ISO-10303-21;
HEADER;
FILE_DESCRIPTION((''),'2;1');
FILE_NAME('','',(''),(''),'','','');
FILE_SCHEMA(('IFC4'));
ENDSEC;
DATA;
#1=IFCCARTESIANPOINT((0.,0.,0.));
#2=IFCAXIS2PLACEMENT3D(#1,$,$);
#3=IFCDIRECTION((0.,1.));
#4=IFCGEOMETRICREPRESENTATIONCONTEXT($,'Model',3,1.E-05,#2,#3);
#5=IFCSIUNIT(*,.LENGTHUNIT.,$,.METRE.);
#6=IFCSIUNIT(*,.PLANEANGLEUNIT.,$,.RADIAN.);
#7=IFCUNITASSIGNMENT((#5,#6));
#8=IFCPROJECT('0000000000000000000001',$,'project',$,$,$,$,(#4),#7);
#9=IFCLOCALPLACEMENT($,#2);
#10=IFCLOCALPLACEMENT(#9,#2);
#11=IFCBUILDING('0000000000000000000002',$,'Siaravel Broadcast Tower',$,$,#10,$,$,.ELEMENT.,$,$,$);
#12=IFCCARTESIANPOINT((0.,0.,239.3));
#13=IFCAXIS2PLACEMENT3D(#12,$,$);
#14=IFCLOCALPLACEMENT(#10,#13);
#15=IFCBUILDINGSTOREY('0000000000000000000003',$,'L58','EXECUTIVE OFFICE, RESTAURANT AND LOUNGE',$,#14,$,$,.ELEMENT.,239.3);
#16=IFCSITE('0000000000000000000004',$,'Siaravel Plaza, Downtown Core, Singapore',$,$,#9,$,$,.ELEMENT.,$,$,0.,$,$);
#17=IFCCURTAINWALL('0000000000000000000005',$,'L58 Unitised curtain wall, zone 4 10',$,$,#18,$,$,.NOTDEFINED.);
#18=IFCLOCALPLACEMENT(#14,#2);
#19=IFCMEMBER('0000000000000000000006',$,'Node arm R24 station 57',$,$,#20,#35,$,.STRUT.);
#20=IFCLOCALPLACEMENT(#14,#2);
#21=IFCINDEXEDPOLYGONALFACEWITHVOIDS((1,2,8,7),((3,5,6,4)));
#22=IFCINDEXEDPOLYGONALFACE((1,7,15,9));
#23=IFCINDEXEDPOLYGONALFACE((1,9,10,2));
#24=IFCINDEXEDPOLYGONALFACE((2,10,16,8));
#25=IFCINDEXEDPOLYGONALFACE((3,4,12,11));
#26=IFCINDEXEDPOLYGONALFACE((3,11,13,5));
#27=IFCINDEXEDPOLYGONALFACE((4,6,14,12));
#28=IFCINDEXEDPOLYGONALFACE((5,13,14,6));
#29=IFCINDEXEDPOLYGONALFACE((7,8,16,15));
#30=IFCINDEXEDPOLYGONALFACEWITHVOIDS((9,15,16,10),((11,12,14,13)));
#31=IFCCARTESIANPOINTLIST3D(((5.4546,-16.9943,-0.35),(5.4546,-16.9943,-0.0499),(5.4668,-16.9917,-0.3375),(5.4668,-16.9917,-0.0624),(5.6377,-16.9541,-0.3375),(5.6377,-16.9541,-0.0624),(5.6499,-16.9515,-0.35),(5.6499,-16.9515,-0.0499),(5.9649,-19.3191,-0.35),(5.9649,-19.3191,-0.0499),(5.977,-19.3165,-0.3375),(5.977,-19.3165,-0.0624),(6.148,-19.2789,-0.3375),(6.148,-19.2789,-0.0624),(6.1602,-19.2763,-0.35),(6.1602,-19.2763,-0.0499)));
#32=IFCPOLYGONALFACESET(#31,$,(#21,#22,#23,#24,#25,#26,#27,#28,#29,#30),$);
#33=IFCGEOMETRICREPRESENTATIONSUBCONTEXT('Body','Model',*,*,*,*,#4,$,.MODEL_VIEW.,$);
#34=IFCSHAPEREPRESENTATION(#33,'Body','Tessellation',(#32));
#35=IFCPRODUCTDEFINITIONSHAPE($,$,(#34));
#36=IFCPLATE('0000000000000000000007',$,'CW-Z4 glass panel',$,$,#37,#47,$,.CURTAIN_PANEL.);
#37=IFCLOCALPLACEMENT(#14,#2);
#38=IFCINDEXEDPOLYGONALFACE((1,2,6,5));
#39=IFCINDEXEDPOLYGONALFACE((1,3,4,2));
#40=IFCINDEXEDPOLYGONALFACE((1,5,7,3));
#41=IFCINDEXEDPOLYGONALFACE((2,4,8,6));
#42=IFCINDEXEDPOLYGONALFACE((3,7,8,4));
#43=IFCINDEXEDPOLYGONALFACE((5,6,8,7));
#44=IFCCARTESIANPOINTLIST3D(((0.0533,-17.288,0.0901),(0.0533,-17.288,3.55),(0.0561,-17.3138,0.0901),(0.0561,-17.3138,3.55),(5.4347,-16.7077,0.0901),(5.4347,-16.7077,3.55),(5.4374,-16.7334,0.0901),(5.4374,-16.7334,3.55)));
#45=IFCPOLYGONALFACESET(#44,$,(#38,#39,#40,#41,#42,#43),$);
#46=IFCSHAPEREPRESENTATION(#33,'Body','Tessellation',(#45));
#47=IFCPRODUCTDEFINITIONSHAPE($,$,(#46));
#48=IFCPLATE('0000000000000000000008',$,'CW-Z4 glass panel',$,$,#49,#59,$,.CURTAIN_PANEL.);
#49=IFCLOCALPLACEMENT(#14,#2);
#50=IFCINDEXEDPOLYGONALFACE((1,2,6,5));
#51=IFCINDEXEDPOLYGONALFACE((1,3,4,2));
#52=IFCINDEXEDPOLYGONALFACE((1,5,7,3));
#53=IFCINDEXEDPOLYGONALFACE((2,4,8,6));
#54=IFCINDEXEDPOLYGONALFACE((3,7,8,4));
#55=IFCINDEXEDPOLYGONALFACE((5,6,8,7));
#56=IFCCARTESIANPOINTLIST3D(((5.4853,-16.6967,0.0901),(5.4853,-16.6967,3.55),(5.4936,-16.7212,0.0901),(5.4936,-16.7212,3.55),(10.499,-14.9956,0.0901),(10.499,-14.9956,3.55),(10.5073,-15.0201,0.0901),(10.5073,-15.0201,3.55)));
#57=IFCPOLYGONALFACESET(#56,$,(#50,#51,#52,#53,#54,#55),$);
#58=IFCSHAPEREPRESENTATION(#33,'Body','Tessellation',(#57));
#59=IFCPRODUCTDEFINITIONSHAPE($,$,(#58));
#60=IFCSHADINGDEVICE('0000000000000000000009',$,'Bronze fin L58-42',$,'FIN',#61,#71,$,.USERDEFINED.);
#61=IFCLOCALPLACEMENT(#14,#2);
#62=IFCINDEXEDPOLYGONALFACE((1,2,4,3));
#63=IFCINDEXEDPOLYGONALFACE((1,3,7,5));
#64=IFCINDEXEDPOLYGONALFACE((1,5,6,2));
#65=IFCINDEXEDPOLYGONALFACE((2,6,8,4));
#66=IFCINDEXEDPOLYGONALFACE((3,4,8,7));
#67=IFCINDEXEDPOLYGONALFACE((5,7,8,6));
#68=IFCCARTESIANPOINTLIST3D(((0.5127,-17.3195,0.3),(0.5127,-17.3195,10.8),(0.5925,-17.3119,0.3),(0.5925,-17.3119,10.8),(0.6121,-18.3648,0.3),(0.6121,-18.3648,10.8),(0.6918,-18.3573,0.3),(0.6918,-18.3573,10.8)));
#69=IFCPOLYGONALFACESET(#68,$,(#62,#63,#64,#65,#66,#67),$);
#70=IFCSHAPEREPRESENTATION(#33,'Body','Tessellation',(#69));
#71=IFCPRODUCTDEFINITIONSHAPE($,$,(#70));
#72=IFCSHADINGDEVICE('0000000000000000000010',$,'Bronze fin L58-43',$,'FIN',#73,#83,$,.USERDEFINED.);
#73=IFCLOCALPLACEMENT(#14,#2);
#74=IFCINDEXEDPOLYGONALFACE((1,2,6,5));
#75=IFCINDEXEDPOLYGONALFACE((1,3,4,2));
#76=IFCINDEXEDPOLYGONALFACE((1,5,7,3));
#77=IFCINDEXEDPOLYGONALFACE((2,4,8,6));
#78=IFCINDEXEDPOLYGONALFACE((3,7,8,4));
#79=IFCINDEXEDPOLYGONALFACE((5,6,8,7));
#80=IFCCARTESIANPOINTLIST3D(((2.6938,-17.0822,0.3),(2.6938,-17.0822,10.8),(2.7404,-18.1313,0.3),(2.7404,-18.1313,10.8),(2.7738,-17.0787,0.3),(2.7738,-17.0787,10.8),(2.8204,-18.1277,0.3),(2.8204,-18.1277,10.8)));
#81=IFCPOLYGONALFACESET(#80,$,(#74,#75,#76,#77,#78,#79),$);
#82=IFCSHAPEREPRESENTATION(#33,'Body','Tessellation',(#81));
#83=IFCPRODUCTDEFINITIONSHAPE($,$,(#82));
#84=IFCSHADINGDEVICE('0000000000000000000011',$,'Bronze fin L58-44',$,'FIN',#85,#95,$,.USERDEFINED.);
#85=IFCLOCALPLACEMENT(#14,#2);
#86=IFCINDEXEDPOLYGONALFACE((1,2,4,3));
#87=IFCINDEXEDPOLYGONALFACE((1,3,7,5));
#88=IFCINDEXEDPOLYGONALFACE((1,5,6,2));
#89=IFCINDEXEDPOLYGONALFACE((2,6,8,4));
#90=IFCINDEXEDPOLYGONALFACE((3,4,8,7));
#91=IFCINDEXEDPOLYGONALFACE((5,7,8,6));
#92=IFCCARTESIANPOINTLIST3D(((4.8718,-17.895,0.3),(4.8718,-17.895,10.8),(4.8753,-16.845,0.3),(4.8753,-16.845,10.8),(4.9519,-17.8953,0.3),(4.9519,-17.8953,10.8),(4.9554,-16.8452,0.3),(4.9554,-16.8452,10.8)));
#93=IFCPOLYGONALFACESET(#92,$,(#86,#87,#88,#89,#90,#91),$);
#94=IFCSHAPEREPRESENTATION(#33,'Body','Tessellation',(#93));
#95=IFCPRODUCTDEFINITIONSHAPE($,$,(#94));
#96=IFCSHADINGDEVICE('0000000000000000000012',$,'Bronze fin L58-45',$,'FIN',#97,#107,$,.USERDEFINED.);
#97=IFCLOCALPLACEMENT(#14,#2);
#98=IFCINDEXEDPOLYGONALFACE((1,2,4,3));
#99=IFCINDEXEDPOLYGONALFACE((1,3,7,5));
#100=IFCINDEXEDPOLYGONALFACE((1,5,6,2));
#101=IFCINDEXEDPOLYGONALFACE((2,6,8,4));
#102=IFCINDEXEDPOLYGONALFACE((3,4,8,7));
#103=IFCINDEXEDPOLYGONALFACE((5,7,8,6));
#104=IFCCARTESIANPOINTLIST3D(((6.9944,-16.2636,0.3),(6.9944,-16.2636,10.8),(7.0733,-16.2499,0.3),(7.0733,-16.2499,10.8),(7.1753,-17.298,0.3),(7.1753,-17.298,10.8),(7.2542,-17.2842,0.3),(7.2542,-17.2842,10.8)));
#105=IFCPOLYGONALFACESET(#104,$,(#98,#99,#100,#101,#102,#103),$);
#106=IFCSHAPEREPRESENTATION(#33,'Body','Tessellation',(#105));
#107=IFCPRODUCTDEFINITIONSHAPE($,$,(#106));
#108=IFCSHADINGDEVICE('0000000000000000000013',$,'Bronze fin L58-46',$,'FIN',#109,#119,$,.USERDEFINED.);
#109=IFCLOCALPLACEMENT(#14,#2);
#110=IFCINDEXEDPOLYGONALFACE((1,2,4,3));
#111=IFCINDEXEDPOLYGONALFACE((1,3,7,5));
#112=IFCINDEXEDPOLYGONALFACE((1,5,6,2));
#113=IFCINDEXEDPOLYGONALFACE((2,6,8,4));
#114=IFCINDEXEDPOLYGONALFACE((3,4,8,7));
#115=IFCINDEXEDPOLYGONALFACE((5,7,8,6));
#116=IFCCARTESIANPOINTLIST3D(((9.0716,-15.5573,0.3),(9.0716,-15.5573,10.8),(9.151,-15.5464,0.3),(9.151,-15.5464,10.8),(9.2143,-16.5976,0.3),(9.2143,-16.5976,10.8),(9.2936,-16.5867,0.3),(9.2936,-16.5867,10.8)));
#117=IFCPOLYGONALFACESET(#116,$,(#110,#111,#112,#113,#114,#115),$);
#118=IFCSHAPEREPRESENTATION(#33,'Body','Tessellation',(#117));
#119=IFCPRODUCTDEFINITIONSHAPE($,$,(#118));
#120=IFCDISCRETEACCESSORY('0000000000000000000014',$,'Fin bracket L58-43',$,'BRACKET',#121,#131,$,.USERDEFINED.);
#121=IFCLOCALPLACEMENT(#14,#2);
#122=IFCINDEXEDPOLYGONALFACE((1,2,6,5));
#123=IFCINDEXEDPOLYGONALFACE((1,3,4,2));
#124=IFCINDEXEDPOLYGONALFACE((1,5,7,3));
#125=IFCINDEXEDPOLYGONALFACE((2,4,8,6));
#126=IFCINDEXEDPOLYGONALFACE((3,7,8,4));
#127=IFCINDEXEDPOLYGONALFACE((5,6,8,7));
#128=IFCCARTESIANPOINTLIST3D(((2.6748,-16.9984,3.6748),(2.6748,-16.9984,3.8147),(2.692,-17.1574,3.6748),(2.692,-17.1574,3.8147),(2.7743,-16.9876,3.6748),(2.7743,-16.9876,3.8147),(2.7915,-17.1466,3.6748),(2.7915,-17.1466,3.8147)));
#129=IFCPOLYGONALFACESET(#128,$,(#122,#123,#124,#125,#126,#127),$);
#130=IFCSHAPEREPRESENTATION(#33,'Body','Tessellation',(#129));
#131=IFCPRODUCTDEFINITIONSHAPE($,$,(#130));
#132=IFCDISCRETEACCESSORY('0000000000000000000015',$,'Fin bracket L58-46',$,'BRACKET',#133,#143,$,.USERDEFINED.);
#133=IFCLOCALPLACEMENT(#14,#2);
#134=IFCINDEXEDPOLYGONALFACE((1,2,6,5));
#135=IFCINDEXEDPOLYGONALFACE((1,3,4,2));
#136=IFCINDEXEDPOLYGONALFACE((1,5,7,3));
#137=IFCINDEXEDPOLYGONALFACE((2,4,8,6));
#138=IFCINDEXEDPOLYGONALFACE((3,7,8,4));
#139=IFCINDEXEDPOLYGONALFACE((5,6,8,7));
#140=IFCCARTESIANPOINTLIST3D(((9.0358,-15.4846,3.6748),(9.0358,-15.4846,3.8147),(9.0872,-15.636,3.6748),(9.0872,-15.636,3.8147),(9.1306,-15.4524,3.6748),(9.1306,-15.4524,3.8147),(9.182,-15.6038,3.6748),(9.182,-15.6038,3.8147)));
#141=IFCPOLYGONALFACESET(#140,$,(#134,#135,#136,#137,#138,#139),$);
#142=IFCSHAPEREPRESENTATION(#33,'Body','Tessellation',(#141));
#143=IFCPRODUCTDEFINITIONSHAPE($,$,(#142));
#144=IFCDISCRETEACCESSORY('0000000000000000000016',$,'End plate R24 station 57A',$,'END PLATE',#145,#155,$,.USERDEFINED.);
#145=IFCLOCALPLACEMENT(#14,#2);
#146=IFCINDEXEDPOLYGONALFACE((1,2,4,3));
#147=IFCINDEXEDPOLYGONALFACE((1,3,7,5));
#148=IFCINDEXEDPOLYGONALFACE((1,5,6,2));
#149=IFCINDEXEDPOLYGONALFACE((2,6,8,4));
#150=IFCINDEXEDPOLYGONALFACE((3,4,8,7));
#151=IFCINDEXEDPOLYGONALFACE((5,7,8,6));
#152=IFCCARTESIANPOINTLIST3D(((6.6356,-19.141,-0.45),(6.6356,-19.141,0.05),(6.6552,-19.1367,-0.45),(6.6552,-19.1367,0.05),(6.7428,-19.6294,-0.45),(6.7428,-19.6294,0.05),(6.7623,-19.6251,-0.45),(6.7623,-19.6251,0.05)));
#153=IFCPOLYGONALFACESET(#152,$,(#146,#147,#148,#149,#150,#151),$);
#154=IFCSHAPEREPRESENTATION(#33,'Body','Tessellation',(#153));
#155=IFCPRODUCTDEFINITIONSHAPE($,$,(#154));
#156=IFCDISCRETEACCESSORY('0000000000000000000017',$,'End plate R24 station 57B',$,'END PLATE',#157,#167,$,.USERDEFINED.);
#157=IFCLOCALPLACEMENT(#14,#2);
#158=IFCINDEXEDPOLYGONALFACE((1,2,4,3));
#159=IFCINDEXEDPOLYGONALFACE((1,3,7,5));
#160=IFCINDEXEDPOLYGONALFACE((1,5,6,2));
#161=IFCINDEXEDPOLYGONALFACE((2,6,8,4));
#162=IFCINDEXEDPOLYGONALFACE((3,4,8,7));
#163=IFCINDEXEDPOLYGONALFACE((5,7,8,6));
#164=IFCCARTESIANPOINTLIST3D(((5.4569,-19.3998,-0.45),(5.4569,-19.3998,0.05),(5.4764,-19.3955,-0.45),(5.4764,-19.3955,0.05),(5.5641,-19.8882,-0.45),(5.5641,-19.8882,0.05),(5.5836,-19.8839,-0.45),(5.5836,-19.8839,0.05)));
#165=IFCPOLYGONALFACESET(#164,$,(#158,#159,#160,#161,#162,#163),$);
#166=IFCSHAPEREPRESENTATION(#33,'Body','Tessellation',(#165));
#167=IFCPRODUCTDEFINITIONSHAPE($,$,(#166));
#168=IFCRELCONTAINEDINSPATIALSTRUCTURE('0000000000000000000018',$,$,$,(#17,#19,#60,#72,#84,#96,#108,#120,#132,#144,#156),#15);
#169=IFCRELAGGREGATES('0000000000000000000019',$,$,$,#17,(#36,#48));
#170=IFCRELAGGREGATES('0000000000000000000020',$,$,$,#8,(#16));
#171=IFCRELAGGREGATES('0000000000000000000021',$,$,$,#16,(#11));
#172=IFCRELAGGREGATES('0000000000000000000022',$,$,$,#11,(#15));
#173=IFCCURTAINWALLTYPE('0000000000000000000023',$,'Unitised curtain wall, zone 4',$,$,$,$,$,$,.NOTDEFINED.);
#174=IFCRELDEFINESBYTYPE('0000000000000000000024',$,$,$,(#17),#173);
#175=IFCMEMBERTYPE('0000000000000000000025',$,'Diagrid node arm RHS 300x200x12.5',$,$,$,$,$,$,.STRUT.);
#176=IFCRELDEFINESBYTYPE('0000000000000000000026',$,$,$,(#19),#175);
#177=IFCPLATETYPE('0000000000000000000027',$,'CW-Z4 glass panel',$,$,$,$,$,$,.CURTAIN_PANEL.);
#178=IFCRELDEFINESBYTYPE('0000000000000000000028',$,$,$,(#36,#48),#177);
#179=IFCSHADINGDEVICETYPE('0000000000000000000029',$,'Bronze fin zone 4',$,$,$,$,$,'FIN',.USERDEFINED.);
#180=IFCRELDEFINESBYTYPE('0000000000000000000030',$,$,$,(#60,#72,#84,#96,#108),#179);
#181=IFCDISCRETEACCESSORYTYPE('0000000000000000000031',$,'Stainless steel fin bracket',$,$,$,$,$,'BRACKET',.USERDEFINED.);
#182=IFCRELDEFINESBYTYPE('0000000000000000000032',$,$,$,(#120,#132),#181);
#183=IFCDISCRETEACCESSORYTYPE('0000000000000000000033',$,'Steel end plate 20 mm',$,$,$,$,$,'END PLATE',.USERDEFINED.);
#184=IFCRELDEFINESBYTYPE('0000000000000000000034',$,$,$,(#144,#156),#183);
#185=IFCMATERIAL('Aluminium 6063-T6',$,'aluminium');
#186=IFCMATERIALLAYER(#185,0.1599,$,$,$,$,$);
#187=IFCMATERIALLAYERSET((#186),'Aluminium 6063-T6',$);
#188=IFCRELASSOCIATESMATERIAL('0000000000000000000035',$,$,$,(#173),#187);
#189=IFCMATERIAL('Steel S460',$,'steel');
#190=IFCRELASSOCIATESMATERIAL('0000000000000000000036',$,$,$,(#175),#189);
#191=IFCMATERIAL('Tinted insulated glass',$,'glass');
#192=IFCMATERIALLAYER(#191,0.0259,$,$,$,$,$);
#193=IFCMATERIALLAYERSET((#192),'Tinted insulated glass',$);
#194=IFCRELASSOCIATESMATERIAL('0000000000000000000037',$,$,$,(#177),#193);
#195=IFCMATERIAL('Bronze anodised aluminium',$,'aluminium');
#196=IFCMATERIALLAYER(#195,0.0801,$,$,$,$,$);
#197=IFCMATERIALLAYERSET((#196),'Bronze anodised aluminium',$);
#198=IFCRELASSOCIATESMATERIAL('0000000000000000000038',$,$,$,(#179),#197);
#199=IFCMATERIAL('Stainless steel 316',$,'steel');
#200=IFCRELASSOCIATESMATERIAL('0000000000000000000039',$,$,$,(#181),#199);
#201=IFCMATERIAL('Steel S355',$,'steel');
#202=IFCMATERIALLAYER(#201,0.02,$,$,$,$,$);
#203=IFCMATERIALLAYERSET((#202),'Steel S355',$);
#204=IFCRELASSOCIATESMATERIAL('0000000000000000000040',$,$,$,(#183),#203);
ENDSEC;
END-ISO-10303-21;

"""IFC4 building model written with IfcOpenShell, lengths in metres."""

from ifc_helpers import new_model, si_unit, direction, frame, origin, origin_2d, place, context, subcontext, project, spatial, rectangle, hollow_rectangle, extrude, material, layer, layer_set, material_profile, profile_set, type_object, element, aggregate, save


model = new_model("IFC4")

# Units and contexts
model_context = context("Model", 3, precision=1e-05, world=origin(), true_north=direction((0.0, 1.0)))
body_context = subcontext(model_context, "Body", "Model", "MODEL_VIEW")
ifc_project = project(units=[si_unit("LENGTHUNIT", "METRE"), si_unit("PLANEANGLEUNIT", "RADIAN")], contexts=[model_context])

# Site, building, storey
site_placement = place(None, origin())
site = spatial("IfcSite", under=ifc_project, at=site_placement, Name="Siaravel Plaza, Downtown Core, Singapore", CompositionType="ELEMENT", RefElevation=0.0)
building_placement = place(site_placement, origin())
building = spatial("IfcBuilding", under=site, at=building_placement, Name="Siaravel Broadcast Tower", CompositionType="ELEMENT")
storey_placement = place(building_placement, frame((0.0, 0.0, 239.3)))
storey = spatial("IfcBuildingStorey", under=building, at=storey_placement, Name="L58", Description="EXECUTIVE OFFICE, RESTAURANT AND LOUNGE", CompositionType="ELEMENT", Elevation=239.3)

# Shared definitions
ifc_material_1 = material(Name="Steel S355", Category="steel")

# Curtain wall
ifc_material_2 = material(Name="Aluminium 6063-T6", Category="aluminium")
ifc_layer_1 = layer(ifc_material_2, 0.1599)
ifc_layer_set_1 = layer_set([ifc_layer_1], Name="Aluminium 6063-T6")
curtain_wall_type = type_object("IfcCurtainWallType", Name="Unitised curtain wall, zone 4", PredefinedType="NOTDEFINED", material=ifc_layer_set_1)
curtain_wall_placement = place(storey_placement, origin())
curtain_wall = element("IfcCurtainWall", 1, at=curtain_wall_placement, inside=storey, type_object=curtain_wall_type, Name="L58 Unitised curtain wall, zone 4 10", PredefinedType="NOTDEFINED")

# Member
ifc_material_3 = material(Name="Steel S460", Category="steel")
ifc_material_profile_1 = material_profile(ifc_material_3, hollow_rectangle(XDim=0.2, YDim=0.3, WallThickness=0.0125, at=origin_2d()))
ifc_profile_set_1 = profile_set([ifc_material_profile_1], Name="Steel S460")
member_type_1 = type_object("IfcMemberType", Name="Diagrid node arm RHS 300x200x12.5", PredefinedType="STRUT", material=ifc_profile_set_1)
member_1_placement = place(storey_placement, frame((5.5522, -16.9729, -0.2), z_axis=(0.214388, -0.976749, 0.0), x_axis=(0.976749, 0.214388, 0.0)))
element("IfcMember", 2, at=member_1_placement, inside=storey, type_object=member_type_1, Name="Node arm R24 station 57", PredefinedType="STRUT", context=body_context, shape_type="SweptSolid", body=[
    extrude(hollow_rectangle(XDim=0.2, YDim=0.3, WallThickness=0.0125, at=origin_2d()), origin(), (0.0, 0.0, 1.0), 2.3801),
])

# Plates
ifc_material_4 = material(Name="Tinted insulated glass", Category="glass")
ifc_layer_2 = layer(ifc_material_4, 0.0259)
ifc_layer_set_2 = layer_set([ifc_layer_2], Name="Tinted insulated glass")
plate_type = type_object("IfcPlateType", Name="CW-Z4 glass panel", PredefinedType="CURTAIN_PANEL", material=ifc_layer_set_2)
plate_1_placement = place(storey_placement, frame((2.7454, -17.0107, 0.0901), z_axis=(0.0, 0.0, 1.0), x_axis=(0.994236, 0.107218, 0.0)))
plate_1 = element("IfcPlate", 3, at=plate_1_placement, type_object=plate_type, Name="CW-Z4 glass panel", PredefinedType="CURTAIN_PANEL", context=body_context, shape_type="SweptSolid", body=[
    extrude(rectangle(XDim=5.4126, YDim=0.0259, at=origin_2d()), origin(), (0.0, 0.0, 1.0), 3.46),
])
plate_2_placement = place(storey_placement, frame((7.9963, -15.8584, 0.0901), z_axis=(0.0, 0.0, 1.0), x_axis=(0.946977, 0.321301, 0.0)))
plate_2 = element("IfcPlate", 4, at=plate_2_placement, type_object=plate_type, Name="CW-Z4 glass panel", PredefinedType="CURTAIN_PANEL", context=body_context, shape_type="SweptSolid", body=[
    extrude(rectangle(XDim=5.2944, YDim=0.0259, at=origin_2d()), origin(), (0.0, 0.0, 1.0), 3.46),
])
aggregate(curtain_wall, [plate_1, plate_2])

# Shading devices
ifc_material_5 = material(Name="Bronze anodised aluminium", Category="aluminium")
ifc_layer_3 = layer(ifc_material_5, 0.0801)
ifc_layer_set_3 = layer_set([ifc_layer_3], Name="Bronze anodised aluminium")
shading_device_type = type_object("IfcShadingDeviceType", Name="Bronze fin zone 4", ElementType="FIN", PredefinedType="USERDEFINED", material=ifc_layer_set_3)
for number, where, z_axis, x_axis, name in (
    (5, (0.6023, -17.8384, 0.3), (0.0, 0.0, 1.0), (0.094635, -0.995512, 0.0), "Bronze fin L58-42"),
    (6, (2.7571, -17.605, 0.3), (0.0, 0.0, 1.0), (0.044341, -0.999016, 0.0), "Bronze fin L58-43"),
    (7, (4.9136, -17.3701, 0.3), (0.0, 0.0, 1.0), (-0.003314, -0.999995, 0.0), "Bronze fin L58-44"),
    (8, (7.1243, -16.7739, 0.3), (0.0, 0.0, 1.0), (0.172268, -0.98505, 0.0), "Bronze fin L58-45"),
    (9, (9.1826, -16.072, 0.3), (0.0, 0.0, 1.0), (0.135852, -0.990729, 0.0), "Bronze fin L58-46"),
):
    element("IfcShadingDevice", number, at=place(storey_placement, frame(where, z_axis=z_axis, x_axis=x_axis)), inside=storey, type_object=shading_device_type, Name=name, ObjectType="FIN", PredefinedType="USERDEFINED", context=body_context, shape_type="SweptSolid", body=[
        extrude(rectangle(XDim=1.05, YDim=0.0801, at=origin_2d()), origin(), (0.0, 0.0, 1.0), 10.5),
    ])

# Discrete accessories
ifc_material_6 = material(Name="Stainless steel 316", Category="steel")
discrete_accessory_type_1 = type_object("IfcDiscreteAccessoryType", Name="Stainless steel fin bracket", ElementType="BRACKET", PredefinedType="USERDEFINED", material=ifc_material_6)
for number, where, z_axis, x_axis, name in (
    (10, (2.7332, -17.0725, 3.6748), (0.0, 0.0, 1.0), (0.107219, -0.994235, 0.0), "Fin bracket L58-43"),
    (11, (9.1089, -15.5442, 3.6748), (0.0, 0.0, 1.0), (0.321302, -0.946977, 0.0), "Fin bracket L58-46"),
):
    element("IfcDiscreteAccessory", number, at=place(storey_placement, frame(where, z_axis=z_axis, x_axis=x_axis)), inside=storey, type_object=discrete_accessory_type_1, Name=name, ObjectType="BRACKET", PredefinedType="USERDEFINED", context=body_context, shape_type="SweptSolid", body=[
        extrude(rectangle(XDim=0.1599, YDim=0.1001, at=origin_2d()), origin(), (0.0, 0.0, 1.0), 0.1399),
    ])
ifc_layer_4 = layer(ifc_material_1, 0.02)
ifc_layer_set_4 = layer_set([ifc_layer_4], Name="Steel S355")
discrete_accessory_type_2 = type_object("IfcDiscreteAccessoryType", Name="Steel end plate 20 mm", ElementType="END PLATE", PredefinedType="USERDEFINED", material=ifc_layer_set_4)
for number, where, z_axis, x_axis, name in (
    (12, (6.699, -19.3831, -0.45), (0.0, 0.0, 1.0), (0.976751, 0.214377, 0.0), "End plate R24 station 57A"),
    (13, (5.5203, -19.6418, -0.45), (0.0, 0.0, 1.0), (0.976751, 0.214377, 0.0), "End plate R24 station 57B"),
):
    element("IfcDiscreteAccessory", number, at=place(storey_placement, frame(where, z_axis=z_axis, x_axis=x_axis)), inside=storey, type_object=discrete_accessory_type_2, Name=name, ObjectType="END PLATE", PredefinedType="USERDEFINED", context=body_context, shape_type="SweptSolid", body=[
        extrude(rectangle(XDim=0.02, YDim=0.5, at=origin_2d()), origin(), (0.0, 0.0, 1.0), 0.5),
    ])

save(model, "model.ifc")
